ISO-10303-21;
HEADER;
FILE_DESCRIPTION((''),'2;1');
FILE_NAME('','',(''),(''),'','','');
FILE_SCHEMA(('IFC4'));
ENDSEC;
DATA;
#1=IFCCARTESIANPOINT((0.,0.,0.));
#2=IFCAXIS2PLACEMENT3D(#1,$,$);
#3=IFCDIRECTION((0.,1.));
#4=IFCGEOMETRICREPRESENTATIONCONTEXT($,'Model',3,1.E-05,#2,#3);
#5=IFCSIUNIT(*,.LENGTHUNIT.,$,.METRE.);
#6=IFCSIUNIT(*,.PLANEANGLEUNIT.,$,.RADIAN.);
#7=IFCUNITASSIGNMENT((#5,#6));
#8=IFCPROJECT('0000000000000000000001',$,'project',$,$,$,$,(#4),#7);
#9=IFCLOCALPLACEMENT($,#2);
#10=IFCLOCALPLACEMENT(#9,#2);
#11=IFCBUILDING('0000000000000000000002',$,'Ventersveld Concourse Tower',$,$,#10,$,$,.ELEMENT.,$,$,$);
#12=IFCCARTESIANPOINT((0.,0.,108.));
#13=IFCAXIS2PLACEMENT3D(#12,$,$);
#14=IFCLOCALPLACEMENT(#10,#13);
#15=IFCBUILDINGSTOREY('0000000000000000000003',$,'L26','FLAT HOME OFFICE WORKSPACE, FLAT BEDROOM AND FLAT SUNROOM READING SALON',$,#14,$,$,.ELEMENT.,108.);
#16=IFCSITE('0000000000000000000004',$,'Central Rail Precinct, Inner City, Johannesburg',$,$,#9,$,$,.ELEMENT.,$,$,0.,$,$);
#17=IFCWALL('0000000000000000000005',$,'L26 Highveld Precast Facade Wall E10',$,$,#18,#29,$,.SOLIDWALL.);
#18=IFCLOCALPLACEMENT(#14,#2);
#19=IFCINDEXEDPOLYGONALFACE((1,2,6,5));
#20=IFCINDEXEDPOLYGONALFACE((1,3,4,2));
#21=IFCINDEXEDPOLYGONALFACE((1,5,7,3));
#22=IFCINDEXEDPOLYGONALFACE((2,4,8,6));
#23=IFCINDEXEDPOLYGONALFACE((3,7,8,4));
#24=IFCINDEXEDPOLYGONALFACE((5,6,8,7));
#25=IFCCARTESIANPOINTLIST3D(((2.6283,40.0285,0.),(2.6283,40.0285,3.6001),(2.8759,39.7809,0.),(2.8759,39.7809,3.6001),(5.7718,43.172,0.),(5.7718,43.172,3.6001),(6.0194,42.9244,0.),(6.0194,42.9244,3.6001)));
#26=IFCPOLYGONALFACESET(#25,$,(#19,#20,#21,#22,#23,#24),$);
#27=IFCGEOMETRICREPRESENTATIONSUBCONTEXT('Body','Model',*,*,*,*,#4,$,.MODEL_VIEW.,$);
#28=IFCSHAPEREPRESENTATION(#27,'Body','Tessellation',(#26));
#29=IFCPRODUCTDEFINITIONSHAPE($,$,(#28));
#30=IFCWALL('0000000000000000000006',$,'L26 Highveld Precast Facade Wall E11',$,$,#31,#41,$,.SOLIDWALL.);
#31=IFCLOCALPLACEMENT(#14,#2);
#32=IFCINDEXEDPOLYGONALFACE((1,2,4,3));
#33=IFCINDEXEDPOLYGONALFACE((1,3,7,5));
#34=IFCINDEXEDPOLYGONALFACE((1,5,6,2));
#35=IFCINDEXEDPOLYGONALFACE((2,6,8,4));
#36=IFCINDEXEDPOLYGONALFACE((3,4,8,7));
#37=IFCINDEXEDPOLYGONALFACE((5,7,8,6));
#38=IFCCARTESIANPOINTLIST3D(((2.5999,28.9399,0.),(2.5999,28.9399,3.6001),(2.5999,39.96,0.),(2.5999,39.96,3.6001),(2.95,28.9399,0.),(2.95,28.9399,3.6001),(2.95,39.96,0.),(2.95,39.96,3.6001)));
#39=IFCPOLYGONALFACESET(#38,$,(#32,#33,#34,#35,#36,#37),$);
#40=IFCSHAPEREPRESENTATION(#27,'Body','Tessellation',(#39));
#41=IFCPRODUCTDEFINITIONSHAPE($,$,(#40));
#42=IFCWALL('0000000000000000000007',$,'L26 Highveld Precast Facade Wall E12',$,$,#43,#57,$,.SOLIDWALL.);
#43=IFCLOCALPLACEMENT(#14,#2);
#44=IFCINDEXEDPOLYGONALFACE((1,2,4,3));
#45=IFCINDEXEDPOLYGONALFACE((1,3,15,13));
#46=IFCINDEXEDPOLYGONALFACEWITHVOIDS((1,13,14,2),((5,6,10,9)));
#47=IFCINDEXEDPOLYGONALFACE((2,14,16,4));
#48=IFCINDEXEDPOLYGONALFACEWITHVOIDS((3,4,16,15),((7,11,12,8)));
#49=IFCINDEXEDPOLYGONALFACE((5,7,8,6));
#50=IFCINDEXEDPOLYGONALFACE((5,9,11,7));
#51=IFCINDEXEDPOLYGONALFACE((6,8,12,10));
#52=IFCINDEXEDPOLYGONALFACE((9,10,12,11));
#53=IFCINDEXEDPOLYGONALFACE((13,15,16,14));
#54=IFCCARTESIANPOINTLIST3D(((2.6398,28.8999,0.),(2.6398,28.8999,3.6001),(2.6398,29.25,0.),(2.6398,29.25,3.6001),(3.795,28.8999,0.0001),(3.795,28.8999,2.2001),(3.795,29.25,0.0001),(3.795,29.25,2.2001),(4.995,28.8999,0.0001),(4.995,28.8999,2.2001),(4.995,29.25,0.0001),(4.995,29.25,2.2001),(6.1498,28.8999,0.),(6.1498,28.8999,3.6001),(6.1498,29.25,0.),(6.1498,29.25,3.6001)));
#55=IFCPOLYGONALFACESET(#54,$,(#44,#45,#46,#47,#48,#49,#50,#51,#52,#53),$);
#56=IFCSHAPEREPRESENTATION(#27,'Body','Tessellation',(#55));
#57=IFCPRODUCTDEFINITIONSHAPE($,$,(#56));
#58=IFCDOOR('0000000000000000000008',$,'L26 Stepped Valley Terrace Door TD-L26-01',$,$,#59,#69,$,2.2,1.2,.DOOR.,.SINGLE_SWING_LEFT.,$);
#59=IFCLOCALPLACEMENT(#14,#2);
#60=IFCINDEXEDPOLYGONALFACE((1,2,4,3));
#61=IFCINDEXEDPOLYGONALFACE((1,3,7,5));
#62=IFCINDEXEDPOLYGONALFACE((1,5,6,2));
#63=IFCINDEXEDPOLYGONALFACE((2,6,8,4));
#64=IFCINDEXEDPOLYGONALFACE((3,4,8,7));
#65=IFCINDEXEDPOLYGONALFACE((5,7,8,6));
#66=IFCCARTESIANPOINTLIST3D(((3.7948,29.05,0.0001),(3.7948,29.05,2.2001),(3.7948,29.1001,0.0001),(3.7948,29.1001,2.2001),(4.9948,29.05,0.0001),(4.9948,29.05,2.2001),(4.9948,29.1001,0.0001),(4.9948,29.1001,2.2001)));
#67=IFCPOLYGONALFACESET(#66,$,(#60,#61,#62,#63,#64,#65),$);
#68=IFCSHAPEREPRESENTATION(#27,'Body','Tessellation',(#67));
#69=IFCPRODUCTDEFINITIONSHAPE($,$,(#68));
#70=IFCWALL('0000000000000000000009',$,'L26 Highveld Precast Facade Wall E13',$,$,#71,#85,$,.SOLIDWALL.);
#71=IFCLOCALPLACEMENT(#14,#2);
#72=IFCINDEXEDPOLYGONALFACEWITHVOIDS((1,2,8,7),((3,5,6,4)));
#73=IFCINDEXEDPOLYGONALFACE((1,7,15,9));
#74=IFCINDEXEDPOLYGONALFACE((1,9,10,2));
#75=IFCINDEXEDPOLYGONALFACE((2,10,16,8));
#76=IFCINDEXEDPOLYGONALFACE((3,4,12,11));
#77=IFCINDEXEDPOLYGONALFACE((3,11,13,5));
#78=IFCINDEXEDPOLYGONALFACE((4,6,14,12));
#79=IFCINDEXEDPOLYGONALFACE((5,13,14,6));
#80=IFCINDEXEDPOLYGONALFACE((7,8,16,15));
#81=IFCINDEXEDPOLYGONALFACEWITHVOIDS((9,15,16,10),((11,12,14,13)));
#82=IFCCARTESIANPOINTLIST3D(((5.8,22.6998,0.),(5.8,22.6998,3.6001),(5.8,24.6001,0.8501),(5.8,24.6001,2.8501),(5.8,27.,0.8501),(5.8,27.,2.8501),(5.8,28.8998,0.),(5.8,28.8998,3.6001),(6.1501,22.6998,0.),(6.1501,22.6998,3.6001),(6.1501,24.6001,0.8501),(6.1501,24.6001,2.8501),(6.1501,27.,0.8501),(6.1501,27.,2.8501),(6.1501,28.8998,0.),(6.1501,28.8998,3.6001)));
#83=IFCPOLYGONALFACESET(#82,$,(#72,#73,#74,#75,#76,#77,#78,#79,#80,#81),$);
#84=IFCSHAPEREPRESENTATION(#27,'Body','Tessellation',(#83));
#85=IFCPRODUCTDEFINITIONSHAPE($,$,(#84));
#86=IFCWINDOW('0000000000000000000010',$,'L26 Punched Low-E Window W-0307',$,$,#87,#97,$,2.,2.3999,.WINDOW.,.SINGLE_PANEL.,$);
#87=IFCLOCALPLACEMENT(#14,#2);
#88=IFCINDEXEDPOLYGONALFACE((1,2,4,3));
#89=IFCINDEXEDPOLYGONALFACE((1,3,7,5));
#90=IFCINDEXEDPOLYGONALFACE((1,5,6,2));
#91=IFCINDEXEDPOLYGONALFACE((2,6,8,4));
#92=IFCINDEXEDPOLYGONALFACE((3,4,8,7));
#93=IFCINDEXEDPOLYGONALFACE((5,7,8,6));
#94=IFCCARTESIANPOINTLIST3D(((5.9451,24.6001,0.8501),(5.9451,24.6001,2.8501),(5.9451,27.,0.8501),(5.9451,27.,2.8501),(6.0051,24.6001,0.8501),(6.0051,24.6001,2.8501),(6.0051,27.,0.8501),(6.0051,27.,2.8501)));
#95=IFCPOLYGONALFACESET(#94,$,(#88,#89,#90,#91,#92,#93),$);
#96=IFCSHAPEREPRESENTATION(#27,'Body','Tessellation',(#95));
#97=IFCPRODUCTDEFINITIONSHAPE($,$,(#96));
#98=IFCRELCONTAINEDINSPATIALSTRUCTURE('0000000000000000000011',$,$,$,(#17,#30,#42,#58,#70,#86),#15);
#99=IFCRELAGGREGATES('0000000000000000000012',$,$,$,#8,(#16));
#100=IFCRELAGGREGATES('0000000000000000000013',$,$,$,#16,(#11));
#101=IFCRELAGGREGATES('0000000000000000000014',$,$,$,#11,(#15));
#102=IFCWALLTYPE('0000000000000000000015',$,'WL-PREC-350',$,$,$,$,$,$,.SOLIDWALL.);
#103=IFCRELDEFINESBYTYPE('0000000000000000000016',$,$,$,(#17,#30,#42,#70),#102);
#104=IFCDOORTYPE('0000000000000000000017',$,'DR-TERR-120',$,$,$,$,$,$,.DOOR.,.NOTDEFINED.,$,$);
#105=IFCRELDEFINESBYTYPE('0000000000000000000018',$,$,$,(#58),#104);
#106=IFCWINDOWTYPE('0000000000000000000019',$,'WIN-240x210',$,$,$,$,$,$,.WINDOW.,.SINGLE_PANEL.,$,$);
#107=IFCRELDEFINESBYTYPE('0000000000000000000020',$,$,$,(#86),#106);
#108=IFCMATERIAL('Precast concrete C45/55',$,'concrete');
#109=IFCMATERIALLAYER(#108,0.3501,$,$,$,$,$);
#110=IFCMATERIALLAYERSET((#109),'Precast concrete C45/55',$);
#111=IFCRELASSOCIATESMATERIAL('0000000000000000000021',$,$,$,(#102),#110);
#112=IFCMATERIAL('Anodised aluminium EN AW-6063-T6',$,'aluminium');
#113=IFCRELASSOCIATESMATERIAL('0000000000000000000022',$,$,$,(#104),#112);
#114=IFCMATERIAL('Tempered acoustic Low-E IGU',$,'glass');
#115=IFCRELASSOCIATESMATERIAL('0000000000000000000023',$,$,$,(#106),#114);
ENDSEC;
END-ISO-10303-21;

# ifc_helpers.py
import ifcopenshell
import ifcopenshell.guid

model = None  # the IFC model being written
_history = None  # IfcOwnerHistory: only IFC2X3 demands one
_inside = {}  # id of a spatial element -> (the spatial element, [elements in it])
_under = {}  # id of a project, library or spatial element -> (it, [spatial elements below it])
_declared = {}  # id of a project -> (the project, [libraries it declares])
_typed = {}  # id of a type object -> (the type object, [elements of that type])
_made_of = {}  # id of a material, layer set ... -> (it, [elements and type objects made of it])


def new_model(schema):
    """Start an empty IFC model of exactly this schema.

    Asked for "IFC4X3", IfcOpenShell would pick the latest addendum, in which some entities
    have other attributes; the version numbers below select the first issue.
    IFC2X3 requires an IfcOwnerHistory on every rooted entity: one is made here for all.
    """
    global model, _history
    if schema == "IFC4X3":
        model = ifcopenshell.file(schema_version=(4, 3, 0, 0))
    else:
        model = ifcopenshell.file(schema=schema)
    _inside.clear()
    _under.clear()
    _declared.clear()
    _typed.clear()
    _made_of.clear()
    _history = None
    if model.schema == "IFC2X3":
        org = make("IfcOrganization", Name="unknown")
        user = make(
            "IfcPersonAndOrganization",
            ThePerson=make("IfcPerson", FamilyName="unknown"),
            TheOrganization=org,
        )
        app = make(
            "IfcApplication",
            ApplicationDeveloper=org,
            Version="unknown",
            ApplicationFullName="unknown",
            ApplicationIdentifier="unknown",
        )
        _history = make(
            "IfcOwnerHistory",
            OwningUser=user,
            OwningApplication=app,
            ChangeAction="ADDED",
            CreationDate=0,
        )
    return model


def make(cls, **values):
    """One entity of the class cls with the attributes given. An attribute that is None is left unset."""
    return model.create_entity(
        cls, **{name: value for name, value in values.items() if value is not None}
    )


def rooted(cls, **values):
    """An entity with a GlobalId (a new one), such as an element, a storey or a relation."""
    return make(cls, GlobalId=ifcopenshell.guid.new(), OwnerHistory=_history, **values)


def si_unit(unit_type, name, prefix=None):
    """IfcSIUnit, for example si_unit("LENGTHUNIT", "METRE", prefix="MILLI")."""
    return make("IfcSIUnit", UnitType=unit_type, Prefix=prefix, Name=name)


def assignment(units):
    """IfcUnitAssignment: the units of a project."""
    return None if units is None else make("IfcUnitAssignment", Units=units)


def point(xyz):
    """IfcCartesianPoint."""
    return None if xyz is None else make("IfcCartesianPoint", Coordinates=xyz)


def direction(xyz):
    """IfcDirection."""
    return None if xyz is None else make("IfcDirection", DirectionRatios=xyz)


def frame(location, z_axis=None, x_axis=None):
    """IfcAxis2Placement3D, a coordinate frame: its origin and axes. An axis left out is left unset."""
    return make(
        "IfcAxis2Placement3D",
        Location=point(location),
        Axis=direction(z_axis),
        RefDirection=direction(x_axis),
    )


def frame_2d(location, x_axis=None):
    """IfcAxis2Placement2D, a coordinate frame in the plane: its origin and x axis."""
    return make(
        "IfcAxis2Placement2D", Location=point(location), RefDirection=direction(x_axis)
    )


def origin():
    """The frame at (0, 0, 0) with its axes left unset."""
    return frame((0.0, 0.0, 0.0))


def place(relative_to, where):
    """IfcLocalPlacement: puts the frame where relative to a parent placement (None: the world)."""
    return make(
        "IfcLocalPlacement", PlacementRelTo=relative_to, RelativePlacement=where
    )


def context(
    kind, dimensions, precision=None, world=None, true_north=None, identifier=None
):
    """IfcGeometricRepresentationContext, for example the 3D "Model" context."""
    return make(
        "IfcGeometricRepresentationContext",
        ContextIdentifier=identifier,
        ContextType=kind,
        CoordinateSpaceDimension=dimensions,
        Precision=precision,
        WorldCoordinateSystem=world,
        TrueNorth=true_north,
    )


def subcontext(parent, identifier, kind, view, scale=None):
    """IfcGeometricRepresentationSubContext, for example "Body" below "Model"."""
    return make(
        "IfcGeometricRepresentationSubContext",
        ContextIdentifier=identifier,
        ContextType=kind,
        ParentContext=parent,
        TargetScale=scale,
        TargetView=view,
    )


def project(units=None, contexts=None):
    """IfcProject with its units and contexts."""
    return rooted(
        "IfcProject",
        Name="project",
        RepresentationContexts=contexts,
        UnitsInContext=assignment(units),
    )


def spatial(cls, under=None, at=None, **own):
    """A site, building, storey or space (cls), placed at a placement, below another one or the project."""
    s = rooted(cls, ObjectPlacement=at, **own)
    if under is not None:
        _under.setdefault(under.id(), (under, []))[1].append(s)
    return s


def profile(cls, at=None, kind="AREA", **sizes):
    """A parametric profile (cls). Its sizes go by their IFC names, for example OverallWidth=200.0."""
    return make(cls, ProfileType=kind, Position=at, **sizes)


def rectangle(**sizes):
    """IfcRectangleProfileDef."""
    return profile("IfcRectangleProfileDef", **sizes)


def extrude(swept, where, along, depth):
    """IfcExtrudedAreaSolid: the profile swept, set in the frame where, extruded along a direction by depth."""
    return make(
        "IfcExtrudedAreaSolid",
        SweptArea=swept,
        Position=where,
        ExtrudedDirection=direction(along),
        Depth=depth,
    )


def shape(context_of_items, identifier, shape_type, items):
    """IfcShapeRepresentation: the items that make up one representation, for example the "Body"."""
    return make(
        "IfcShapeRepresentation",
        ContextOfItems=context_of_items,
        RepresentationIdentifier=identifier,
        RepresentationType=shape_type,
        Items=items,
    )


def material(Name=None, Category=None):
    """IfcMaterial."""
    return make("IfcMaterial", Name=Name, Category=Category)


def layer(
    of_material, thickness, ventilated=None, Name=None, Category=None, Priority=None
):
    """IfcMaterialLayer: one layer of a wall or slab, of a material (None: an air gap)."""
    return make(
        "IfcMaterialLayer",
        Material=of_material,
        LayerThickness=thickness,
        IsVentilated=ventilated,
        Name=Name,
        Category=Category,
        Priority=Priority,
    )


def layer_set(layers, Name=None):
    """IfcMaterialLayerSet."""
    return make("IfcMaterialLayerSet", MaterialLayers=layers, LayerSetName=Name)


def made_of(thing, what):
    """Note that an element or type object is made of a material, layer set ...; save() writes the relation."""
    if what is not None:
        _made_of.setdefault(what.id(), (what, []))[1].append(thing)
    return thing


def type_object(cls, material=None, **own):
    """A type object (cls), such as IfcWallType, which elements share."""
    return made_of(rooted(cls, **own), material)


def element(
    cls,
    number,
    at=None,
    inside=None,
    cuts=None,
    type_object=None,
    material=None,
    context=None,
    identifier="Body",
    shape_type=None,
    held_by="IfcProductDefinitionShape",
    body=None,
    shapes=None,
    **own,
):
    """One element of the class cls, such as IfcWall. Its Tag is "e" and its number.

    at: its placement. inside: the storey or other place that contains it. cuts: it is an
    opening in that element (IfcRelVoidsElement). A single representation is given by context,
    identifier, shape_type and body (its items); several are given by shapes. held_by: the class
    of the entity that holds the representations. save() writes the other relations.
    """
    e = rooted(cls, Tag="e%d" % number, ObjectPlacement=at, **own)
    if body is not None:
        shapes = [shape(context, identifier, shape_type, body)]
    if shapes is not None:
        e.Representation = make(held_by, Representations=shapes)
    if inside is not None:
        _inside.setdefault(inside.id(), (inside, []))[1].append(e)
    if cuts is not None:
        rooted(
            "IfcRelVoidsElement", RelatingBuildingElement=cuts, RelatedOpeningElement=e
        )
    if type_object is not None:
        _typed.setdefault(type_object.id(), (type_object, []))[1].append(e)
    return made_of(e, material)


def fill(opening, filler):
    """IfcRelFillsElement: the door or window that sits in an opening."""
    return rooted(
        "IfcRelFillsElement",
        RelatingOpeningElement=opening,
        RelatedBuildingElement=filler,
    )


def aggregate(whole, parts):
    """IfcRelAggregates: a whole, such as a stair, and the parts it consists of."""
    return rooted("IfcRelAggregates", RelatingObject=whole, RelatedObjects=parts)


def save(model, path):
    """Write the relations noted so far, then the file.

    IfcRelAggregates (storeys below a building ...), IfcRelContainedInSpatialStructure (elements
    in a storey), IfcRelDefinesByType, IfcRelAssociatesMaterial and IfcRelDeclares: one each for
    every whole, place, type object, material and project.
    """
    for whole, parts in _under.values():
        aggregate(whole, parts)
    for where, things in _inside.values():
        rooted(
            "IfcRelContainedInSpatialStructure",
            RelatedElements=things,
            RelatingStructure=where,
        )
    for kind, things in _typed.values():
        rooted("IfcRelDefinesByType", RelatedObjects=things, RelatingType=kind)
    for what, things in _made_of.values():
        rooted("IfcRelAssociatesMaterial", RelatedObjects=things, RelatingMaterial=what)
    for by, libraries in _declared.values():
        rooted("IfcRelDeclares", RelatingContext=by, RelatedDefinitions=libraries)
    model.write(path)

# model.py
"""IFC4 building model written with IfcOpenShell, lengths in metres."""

from ifc_helpers import new_model, si_unit, direction, frame, frame_2d, origin, place, context, subcontext, project, spatial, rectangle, extrude, material, layer, layer_set, type_object, element, fill, save


model = new_model("IFC4")

# Units and contexts
model_context = context("Model", 3, precision=1e-05, world=origin(), true_north=direction((0.0, 1.0)))
body_context = subcontext(model_context, "Body", "Model", "MODEL_VIEW")
ifc_project = project(units=[si_unit("LENGTHUNIT", "METRE"), si_unit("PLANEANGLEUNIT", "RADIAN")], contexts=[model_context])

# Site, building, storey
site_placement = place(None, origin())
site = spatial("IfcSite", under=ifc_project, at=site_placement, Name="Central Rail Precinct, Inner City, Johannesburg", CompositionType="ELEMENT", RefElevation=0.0)
building_placement = place(site_placement, origin())
building = spatial("IfcBuilding", under=site, at=building_placement, Name="Ventersveld Concourse Tower", CompositionType="ELEMENT")
storey_placement = place(building_placement, frame((0.0, 0.0, 108.0)))
storey = spatial("IfcBuildingStorey", under=building, at=storey_placement, Name="L26", Description="FLAT HOME OFFICE WORKSPACE, FLAT BEDROOM AND FLAT SUNROOM READING SALON", CompositionType="ELEMENT", Elevation=108.0)

# Walls
ifc_material_1 = material(Name="Precast concrete C45/55", Category="concrete")
ifc_layer_1 = layer(ifc_material_1, 0.3501)
ifc_layer_set_1 = layer_set([ifc_layer_1], Name="Precast concrete C45/55")
wall_type_1 = type_object("IfcWallType", Name="WL-PREC-350", PredefinedType="SOLIDWALL", material=ifc_layer_set_1)
wall_1_placement = place(storey_placement, frame((5.8955, 43.0481, 0.0), z_axis=(0.0, 0.0, 1.0), x_axis=(-0.707107, -0.707107, 0.0)))
element("IfcWall", 1, at=wall_1_placement, inside=storey, type_object=wall_type_1, Name="L26 Highveld Precast Facade Wall E10", PredefinedType="SOLIDWALL", context=body_context, shape_type="SweptSolid", body=[
    extrude(rectangle(XDim=4.4456, YDim=0.3501, at=frame_2d((2.2227, 0.0))), origin(), (0.0, 0.0, 1.0), 3.6001),
])
wall_2_placement = place(storey_placement, frame((2.7749, 39.96, 0.0), z_axis=(0.0, 0.0, 1.0), x_axis=(0.0, -1.0, 0.0)))
element("IfcWall", 2, at=wall_2_placement, inside=storey, type_object=wall_type_1, Name="L26 Highveld Precast Facade Wall E11", PredefinedType="SOLIDWALL", context=body_context, shape_type="SweptSolid", body=[
    extrude(rectangle(XDim=11.02, YDim=0.3501, at=frame_2d((5.51, 0.0))), origin(), (0.0, 0.0, 1.0), 3.6001),
])

# Wall, opening, door
wall_3_placement = place(storey_placement, frame((2.6399, 29.075, 0.0), z_axis=(0.0, 0.0, 1.0), x_axis=(1.0, 0.0, 0.0)))
wall_3 = element("IfcWall", 3, at=wall_3_placement, inside=storey, type_object=wall_type_1, Name="L26 Highveld Precast Facade Wall E12", PredefinedType="SOLIDWALL", context=body_context, shape_type="SweptSolid", body=[
    extrude(rectangle(XDim=3.51, YDim=0.3501, at=frame_2d((1.7549, 0.0))), origin(), (0.0, 0.0, 1.0), 3.6001),
])
opening_1_placement = place(wall_3_placement, frame((1.155, 0.0, 0.0)))
opening_1 = element("IfcOpeningElement", 4, at=opening_1_placement, cuts=wall_3, PredefinedType="OPENING", context=body_context, shape_type="SweptSolid", body=[
    extrude(rectangle(XDim=1.2, YDim=2.2, at=frame_2d((0.6001, 1.1001))), frame((0.0, 0.1851, 0.0), z_axis=(0.0, -1.0, 0.0), x_axis=(1.0, 0.0, 0.0)), (0.0, 0.0, 1.0), 0.3701),
])
ifc_material_2 = material(Name="Anodised aluminium EN AW-6063-T6", Category="aluminium")
door_type_1 = type_object("IfcDoorType", Name="DR-TERR-120", OperationType="NOTDEFINED", PredefinedType="DOOR", material=ifc_material_2)
door_1_placement = place(opening_1_placement, frame((1.2, 0.0, 0.0), z_axis=(0.0, 0.0, 1.0), x_axis=(-1.0, 0.0, 0.0)))
door_1 = element("IfcDoor", 5, at=door_1_placement, inside=storey, type_object=door_type_1, Name="L26 Stepped Valley Terrace Door TD-L26-01", OperationType="SINGLE_SWING_LEFT", OverallHeight=2.2, OverallWidth=1.2, PredefinedType="DOOR", context=body_context, shape_type="SweptSolid", body=[
    extrude(rectangle(XDim=1.2, YDim=2.2, at=frame_2d((0.6001, 1.1001))), frame((0.0, 0.0249, 0.0), z_axis=(0.0, -1.0, 0.0), x_axis=(1.0, 0.0, 0.0)), (0.0, 0.0, 1.0), 0.05),
])
fill(opening_1, door_1)

# Wall, opening, window
wall_4_placement = place(storey_placement, frame((5.9751, 28.8999, 0.0), z_axis=(0.0, 0.0, 1.0), x_axis=(0.0, -1.0, 0.0)))
wall_4 = element("IfcWall", 6, at=wall_4_placement, inside=storey, type_object=wall_type_1, Name="L26 Highveld Precast Facade Wall E13", PredefinedType="SOLIDWALL", context=body_context, shape_type="SweptSolid", body=[
    extrude(rectangle(XDim=6.2, YDim=0.3501, at=frame_2d((3.1001, 0.0))), origin(), (0.0, 0.0, 1.0), 3.6001),
])
opening_2_placement = place(wall_4_placement, frame((1.8999, 0.0, 0.8501)))
opening_2 = element("IfcOpeningElement", 7, at=opening_2_placement, cuts=wall_4, PredefinedType="OPENING", context=body_context, shape_type="SweptSolid", body=[
    extrude(rectangle(XDim=2.3999, YDim=2.0, at=frame_2d((1.2, 1.0))), frame((0.0, 0.1851, 0.0), z_axis=(0.0, -1.0, 0.0), x_axis=(1.0, 0.0, 0.0)), (0.0, 0.0, 1.0), 0.3701),
])
ifc_material_3 = material(Name="Tempered acoustic Low-E IGU", Category="glass")
window_type = type_object("IfcWindowType", Name="WIN-240x210", PartitioningType="SINGLE_PANEL", PredefinedType="WINDOW", material=ifc_material_3)
window_placement = place(opening_2_placement, origin())
window = element("IfcWindow", 8, at=window_placement, inside=storey, type_object=window_type, Name="L26 Punched Low-E Window W-0307", OverallHeight=2.0, OverallWidth=2.3999, PartitioningType="SINGLE_PANEL", PredefinedType="WINDOW", context=body_context, shape_type="SweptSolid", body=[
    extrude(rectangle(XDim=2.3999, YDim=2.0, at=frame_2d((1.2, 1.0))), frame((0.0, 0.03, 0.0), z_axis=(0.0, -1.0, 0.0), x_axis=(1.0, 0.0, 0.0)), (0.0, 0.0, 1.0), 0.0601),
])
fill(opening_2, window)

save(model, "model.ifc")
